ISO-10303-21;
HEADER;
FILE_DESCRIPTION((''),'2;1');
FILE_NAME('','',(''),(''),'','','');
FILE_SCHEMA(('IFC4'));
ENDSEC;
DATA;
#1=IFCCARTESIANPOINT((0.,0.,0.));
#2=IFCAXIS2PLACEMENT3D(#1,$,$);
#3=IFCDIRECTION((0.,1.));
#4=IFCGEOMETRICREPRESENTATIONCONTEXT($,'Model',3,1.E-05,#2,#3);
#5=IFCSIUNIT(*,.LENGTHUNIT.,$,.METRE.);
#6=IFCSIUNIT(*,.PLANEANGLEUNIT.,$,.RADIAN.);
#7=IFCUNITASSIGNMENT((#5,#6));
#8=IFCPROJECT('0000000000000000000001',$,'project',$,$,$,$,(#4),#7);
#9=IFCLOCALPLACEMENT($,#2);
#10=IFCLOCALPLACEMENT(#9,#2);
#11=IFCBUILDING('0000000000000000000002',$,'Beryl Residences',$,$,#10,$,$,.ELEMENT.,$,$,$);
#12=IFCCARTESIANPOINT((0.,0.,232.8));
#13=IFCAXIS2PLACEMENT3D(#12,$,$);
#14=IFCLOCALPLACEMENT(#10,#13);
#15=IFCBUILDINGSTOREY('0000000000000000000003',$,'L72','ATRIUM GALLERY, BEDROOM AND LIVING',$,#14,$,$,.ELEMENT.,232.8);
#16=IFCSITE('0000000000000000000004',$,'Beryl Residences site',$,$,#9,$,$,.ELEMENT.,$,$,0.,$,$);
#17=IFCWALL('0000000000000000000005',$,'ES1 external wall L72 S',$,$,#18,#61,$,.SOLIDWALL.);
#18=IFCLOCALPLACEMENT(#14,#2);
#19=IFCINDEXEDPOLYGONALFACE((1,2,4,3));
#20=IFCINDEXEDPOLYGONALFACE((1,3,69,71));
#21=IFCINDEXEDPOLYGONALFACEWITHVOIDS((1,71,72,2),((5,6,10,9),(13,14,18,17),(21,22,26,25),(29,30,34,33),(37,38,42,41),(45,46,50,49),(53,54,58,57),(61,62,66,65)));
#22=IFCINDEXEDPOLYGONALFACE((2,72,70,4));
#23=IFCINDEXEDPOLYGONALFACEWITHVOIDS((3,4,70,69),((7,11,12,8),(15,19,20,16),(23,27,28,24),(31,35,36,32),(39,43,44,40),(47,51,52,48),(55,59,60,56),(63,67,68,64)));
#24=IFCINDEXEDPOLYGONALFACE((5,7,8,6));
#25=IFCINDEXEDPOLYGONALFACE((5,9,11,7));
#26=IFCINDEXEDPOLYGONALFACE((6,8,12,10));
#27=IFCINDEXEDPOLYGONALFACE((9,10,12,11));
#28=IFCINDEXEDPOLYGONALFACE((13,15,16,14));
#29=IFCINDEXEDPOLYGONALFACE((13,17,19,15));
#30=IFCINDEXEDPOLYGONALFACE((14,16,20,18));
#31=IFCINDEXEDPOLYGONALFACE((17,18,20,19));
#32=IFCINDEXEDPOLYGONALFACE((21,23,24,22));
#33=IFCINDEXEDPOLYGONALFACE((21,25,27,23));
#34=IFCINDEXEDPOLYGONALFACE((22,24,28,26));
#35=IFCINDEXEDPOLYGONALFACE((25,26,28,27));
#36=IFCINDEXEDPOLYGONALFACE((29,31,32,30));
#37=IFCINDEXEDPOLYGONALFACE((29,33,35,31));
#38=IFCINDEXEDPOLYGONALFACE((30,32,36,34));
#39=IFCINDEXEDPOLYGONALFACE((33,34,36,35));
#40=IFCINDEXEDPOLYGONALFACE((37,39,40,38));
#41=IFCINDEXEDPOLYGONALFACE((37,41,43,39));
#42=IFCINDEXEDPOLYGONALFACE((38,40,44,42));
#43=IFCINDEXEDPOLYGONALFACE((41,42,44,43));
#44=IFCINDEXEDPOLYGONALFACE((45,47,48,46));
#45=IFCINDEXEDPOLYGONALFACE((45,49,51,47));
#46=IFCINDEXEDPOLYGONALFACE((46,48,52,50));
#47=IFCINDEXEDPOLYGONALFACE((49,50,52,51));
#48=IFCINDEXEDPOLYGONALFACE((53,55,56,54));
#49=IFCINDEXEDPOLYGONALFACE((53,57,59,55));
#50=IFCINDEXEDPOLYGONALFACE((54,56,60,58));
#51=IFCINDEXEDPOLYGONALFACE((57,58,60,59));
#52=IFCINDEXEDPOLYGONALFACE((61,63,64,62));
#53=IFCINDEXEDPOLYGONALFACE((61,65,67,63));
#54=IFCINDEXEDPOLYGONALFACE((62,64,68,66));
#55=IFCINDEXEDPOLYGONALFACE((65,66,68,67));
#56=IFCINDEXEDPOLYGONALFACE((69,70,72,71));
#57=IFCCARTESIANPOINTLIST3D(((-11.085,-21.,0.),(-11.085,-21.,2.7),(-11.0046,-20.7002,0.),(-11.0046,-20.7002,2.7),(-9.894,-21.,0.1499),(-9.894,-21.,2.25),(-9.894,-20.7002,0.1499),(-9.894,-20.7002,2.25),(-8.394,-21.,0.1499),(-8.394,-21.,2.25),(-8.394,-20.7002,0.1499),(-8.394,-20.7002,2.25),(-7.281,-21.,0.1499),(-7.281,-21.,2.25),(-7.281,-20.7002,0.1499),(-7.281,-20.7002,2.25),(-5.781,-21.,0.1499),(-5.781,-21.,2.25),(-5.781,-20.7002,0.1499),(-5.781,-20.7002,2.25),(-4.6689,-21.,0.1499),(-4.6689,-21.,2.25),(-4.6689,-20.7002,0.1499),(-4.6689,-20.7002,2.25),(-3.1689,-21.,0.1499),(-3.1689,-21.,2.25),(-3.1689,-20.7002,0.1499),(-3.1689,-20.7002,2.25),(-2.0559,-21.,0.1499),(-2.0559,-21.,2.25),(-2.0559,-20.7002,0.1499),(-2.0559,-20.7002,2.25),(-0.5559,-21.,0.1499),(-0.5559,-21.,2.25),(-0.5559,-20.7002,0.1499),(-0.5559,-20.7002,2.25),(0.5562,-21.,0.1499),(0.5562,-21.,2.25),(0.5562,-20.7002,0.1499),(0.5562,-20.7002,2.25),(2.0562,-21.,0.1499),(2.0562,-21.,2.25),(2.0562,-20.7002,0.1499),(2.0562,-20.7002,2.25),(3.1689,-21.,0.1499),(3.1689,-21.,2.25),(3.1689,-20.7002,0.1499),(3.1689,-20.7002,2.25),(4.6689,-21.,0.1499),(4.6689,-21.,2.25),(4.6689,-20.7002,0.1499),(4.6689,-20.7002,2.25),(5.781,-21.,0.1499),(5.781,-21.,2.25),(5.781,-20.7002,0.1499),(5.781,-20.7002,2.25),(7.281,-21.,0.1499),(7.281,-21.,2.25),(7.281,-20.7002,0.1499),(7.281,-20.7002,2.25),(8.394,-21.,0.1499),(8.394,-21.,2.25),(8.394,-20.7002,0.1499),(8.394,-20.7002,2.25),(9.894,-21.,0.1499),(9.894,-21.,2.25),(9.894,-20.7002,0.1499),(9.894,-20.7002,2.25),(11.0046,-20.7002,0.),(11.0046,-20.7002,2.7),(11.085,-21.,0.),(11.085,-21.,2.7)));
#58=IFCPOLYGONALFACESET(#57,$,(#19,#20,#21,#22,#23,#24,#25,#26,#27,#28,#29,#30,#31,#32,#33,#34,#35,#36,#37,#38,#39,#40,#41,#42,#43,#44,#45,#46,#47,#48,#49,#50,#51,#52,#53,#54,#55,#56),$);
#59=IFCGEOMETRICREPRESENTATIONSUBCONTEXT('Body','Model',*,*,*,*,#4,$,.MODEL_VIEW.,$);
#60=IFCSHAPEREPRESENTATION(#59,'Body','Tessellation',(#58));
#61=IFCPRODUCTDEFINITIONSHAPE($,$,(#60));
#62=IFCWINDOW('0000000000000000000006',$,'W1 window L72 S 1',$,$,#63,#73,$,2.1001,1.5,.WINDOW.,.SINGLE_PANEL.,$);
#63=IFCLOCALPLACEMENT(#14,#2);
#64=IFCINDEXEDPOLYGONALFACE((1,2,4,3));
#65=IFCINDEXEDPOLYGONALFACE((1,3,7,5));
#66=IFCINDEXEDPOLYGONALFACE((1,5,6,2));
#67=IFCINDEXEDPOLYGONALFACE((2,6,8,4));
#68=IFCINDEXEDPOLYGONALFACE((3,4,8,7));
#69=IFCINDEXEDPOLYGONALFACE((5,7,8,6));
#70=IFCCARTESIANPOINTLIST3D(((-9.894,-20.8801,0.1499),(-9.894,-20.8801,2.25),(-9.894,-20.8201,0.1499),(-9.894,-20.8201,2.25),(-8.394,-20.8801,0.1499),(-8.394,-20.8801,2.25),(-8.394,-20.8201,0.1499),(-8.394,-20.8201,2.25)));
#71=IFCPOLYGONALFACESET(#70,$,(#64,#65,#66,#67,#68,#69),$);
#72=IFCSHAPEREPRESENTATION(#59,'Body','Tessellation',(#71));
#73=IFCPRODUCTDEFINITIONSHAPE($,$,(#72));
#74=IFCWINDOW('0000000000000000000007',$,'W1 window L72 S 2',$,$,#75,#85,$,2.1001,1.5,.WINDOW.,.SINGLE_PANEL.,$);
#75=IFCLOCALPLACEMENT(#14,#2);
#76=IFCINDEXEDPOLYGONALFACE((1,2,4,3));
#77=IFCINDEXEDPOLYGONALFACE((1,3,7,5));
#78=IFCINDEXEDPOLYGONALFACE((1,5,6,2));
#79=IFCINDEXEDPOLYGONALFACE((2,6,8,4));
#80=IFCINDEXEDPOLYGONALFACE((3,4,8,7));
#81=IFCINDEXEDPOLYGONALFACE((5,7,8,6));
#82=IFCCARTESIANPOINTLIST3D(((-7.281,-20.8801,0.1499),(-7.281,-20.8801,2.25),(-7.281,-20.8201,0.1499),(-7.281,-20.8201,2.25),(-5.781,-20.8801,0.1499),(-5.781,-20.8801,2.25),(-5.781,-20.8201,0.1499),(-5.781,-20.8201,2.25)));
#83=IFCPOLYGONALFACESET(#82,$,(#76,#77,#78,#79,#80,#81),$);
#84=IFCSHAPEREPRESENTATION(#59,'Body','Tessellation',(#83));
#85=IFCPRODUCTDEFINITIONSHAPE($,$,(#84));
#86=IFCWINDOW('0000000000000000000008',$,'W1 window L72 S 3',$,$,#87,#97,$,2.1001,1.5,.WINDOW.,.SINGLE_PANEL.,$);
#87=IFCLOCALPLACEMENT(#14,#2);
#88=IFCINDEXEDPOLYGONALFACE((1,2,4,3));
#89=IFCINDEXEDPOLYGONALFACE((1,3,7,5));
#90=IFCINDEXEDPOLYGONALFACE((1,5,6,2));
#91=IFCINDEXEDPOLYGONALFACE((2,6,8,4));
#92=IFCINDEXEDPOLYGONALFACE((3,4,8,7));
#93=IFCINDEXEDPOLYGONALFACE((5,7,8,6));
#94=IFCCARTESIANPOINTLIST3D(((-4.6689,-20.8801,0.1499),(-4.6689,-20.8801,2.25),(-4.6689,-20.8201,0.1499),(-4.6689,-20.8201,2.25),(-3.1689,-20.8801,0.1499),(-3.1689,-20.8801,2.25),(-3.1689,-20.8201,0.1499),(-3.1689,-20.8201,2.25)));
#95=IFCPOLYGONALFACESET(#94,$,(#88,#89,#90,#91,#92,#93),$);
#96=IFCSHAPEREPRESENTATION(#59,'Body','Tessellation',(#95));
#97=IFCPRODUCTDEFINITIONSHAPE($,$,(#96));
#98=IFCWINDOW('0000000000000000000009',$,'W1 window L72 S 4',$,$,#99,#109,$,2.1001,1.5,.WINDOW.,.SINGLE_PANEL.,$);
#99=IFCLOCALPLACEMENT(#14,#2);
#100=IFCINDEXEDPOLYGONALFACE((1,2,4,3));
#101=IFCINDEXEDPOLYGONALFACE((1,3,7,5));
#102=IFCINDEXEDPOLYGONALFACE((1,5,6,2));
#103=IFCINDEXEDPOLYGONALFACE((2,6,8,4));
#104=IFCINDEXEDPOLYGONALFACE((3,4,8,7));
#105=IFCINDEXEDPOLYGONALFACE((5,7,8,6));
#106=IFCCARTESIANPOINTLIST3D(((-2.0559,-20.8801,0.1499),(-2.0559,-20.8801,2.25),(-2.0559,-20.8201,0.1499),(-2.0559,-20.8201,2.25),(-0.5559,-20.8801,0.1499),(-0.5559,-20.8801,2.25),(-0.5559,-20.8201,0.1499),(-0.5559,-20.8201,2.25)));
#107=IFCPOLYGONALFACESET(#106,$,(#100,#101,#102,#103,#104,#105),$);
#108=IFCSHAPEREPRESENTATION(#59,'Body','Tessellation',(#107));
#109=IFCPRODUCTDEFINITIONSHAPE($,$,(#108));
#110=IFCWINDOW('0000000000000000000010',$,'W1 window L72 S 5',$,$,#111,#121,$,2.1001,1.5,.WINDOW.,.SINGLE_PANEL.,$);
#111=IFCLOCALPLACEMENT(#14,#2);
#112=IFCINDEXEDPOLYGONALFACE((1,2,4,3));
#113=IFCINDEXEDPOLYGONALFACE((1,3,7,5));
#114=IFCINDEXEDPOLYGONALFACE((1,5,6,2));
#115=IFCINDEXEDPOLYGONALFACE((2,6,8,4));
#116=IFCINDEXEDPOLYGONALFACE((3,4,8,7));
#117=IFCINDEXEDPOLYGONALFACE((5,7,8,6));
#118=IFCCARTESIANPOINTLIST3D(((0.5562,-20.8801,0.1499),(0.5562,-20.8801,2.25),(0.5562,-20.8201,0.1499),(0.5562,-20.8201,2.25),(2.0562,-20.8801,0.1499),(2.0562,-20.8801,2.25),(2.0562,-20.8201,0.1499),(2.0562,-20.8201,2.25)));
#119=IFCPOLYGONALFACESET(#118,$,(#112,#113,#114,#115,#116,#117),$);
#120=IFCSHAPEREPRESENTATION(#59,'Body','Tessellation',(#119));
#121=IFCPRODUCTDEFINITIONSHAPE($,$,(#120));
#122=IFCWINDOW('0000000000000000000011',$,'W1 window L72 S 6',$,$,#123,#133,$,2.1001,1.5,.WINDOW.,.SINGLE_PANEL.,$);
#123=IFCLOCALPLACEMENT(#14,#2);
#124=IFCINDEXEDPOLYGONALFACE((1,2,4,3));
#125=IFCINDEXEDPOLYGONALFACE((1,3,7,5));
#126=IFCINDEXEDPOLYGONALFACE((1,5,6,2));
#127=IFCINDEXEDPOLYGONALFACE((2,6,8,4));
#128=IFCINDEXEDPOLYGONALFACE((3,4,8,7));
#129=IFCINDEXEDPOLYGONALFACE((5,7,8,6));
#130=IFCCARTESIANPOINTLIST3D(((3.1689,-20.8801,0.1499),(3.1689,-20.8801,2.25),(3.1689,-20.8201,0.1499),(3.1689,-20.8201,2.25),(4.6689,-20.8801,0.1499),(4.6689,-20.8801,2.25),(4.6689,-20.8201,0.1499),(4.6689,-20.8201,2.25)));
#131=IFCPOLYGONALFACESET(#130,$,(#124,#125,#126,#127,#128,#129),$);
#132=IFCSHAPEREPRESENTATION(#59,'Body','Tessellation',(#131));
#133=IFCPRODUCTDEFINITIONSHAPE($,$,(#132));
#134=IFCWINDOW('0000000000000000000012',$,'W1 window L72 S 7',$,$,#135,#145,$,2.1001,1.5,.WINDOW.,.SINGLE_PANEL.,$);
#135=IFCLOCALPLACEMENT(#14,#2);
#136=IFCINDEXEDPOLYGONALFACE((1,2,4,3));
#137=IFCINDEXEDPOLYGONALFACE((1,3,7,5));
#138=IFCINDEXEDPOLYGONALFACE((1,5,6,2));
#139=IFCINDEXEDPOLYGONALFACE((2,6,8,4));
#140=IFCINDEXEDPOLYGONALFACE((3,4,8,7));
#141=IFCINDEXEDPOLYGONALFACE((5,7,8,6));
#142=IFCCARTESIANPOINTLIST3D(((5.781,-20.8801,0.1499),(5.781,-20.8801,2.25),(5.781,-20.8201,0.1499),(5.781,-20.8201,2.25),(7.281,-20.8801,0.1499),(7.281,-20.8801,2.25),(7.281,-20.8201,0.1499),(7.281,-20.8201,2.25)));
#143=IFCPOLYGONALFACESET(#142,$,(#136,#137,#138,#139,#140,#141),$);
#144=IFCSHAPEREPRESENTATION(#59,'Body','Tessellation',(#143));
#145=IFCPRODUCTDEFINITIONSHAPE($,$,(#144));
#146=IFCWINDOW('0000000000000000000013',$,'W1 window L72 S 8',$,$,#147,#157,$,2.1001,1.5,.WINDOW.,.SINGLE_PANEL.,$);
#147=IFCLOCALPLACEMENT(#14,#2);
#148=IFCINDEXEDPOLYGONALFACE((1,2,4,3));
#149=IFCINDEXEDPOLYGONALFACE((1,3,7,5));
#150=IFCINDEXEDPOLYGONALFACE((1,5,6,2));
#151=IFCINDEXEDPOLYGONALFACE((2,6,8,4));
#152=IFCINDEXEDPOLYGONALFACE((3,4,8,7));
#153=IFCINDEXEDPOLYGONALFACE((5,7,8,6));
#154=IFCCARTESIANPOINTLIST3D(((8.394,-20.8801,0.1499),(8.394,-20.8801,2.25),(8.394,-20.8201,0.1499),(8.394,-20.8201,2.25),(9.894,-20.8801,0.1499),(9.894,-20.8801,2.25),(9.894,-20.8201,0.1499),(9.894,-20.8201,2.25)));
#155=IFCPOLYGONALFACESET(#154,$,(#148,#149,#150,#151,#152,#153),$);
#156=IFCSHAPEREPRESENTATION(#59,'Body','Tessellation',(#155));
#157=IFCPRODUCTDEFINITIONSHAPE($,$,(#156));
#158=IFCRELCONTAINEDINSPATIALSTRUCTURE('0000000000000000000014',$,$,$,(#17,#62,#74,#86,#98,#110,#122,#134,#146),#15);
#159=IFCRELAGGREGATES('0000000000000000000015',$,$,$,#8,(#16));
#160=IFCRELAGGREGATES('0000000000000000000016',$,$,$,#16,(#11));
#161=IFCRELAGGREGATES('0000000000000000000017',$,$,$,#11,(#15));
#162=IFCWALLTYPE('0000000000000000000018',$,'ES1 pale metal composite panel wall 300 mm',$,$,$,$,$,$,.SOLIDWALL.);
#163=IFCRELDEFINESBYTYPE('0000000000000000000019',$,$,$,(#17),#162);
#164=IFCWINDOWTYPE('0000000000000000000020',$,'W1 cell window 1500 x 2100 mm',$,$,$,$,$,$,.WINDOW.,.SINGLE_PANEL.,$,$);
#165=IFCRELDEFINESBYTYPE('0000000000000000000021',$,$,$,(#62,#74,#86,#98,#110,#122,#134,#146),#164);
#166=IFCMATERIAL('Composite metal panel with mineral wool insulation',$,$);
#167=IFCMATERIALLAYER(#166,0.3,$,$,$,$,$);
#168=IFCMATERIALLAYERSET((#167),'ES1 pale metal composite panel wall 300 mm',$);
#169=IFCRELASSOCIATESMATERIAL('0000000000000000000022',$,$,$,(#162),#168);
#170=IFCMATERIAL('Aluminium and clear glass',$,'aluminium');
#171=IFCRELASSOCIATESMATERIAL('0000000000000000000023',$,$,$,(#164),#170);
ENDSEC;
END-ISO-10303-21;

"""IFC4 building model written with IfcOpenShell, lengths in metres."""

from ifc_helpers import new_model, si_unit, direction, frame, frame_2d, origin, place, context, subcontext, project, spatial, polyline, rectangle, outline, extrude, material, layer, layer_set, type_object, element, fill, save


model = new_model("IFC4")

# Units and contexts
model_context = context("Model", 3, precision=1e-05, world=origin(), true_north=direction((0.0, 1.0)))
body_context = subcontext(model_context, "Body", "Model", "MODEL_VIEW")
ifc_project = project(units=[si_unit("LENGTHUNIT", "METRE"), si_unit("PLANEANGLEUNIT", "RADIAN")], contexts=[model_context])

# Site, building, storey
site_placement = place(None, origin())
site = spatial("IfcSite", under=ifc_project, at=site_placement, Name="Beryl Residences site", CompositionType="ELEMENT", RefElevation=0.0)
building_placement = place(site_placement, origin())
building = spatial("IfcBuilding", under=site, at=building_placement, Name="Beryl Residences", CompositionType="ELEMENT")
storey_placement = place(building_placement, frame((0.0, 0.0, 232.8)))
storey = spatial("IfcBuildingStorey", under=building, at=storey_placement, Name="L72", Description="ATRIUM GALLERY, BEDROOM AND LIVING", CompositionType="ELEMENT", Elevation=232.8)

# Wall, openings, windows
ifc_material_1 = material(Name="Composite metal panel with mineral wool insulation")
ifc_layer_1 = layer(ifc_material_1, 0.3)
ifc_layer_set_1 = layer_set([ifc_layer_1], Name="ES1 pale metal composite panel wall 300 mm")
wall_type_1 = type_object("IfcWallType", Name="ES1 pale metal composite panel wall 300 mm", PredefinedType="SOLIDWALL", material=ifc_layer_set_1)
wall_1_placement = place(storey_placement, frame((-11.085, -20.8501, 0.0), z_axis=(0.0, 0.0, 1.0), x_axis=(1.0, 0.0, 0.0)))
wall_1 = element("IfcWall", 1, at=wall_1_placement, inside=storey, type_object=wall_type_1, Name="ES1 external wall L72 S", PredefinedType="SOLIDWALL", context=body_context, shape_type="SweptSolid", body=[
    extrude(outline(polyline([(0.0, -0.1499), (22.1699, -0.1499), (22.0896, 0.1499), (0.0803, 0.1499), (0.0, -0.1499)])), origin(), (0.0, 0.0, 1.0), 2.7),
])
opening_1_placement = place(wall_1_placement, frame((1.1909, 0.0, 0.1499)))
opening_1 = element("IfcOpeningElement", 2, at=opening_1_placement, cuts=wall_1, PredefinedType="OPENING", context=body_context, shape_type="SweptSolid", body=[
    extrude(rectangle(XDim=1.5, YDim=2.1001, at=frame_2d((0.75, 1.05))), frame((0.0, 0.1599, 0.0), z_axis=(0.0, -1.0, 0.0), x_axis=(1.0, 0.0, 0.0)), (0.0, 0.0, 1.0), 0.3201),
])
opening_2_placement = place(wall_1_placement, frame((3.804, 0.0, 0.1499)))
opening_2 = element("IfcOpeningElement", 3, at=opening_2_placement, cuts=wall_1, PredefinedType="OPENING", context=body_context, shape_type="SweptSolid", body=[
    extrude(rectangle(XDim=1.5, YDim=2.1001, at=frame_2d((0.75, 1.05))), frame((0.0, 0.1599, 0.0), z_axis=(0.0, -1.0, 0.0), x_axis=(1.0, 0.0, 0.0)), (0.0, 0.0, 1.0), 0.3201),
])
opening_3_placement = place(wall_1_placement, frame((6.416, 0.0, 0.1499)))
opening_3 = element("IfcOpeningElement", 4, at=opening_3_placement, cuts=wall_1, PredefinedType="OPENING", context=body_context, shape_type="SweptSolid", body=[
    extrude(rectangle(XDim=1.5, YDim=2.1001, at=frame_2d((0.75, 1.05))), frame((0.0, 0.1599, 0.0), z_axis=(0.0, -1.0, 0.0), x_axis=(1.0, 0.0, 0.0)), (0.0, 0.0, 1.0), 0.3201),
])
opening_4_placement = place(wall_1_placement, frame((9.0291, 0.0, 0.1499)))
opening_4 = element("IfcOpeningElement", 5, at=opening_4_placement, cuts=wall_1, PredefinedType="OPENING", context=body_context, shape_type="SweptSolid", body=[
    extrude(rectangle(XDim=1.5, YDim=2.1001, at=frame_2d((0.75, 1.05))), frame((0.0, 0.1599, 0.0), z_axis=(0.0, -1.0, 0.0), x_axis=(1.0, 0.0, 0.0)), (0.0, 0.0, 1.0), 0.3201),
])
opening_5_placement = place(wall_1_placement, frame((11.6411, 0.0, 0.1499)))
opening_5 = element("IfcOpeningElement", 6, at=opening_5_placement, cuts=wall_1, PredefinedType="OPENING", context=body_context, shape_type="SweptSolid", body=[
    extrude(rectangle(XDim=1.5, YDim=2.1001, at=frame_2d((0.75, 1.05))), frame((0.0, 0.1599, 0.0), z_axis=(0.0, -1.0, 0.0), x_axis=(1.0, 0.0, 0.0)), (0.0, 0.0, 1.0), 0.3201),
])
opening_6_placement = place(wall_1_placement, frame((14.2539, 0.0, 0.1499)))
opening_6 = element("IfcOpeningElement", 7, at=opening_6_placement, cuts=wall_1, PredefinedType="OPENING", context=body_context, shape_type="SweptSolid", body=[
    extrude(rectangle(XDim=1.5, YDim=2.1001, at=frame_2d((0.75, 1.05))), frame((0.0, 0.1599, 0.0), z_axis=(0.0, -1.0, 0.0), x_axis=(1.0, 0.0, 0.0)), (0.0, 0.0, 1.0), 0.3201),
])
opening_7_placement = place(wall_1_placement, frame((16.866, 0.0, 0.1499)))
opening_7 = element("IfcOpeningElement", 8, at=opening_7_placement, cuts=wall_1, PredefinedType="OPENING", context=body_context, shape_type="SweptSolid", body=[
    extrude(rectangle(XDim=1.5, YDim=2.1001, at=frame_2d((0.75, 1.05))), frame((0.0, 0.1599, 0.0), z_axis=(0.0, -1.0, 0.0), x_axis=(1.0, 0.0, 0.0)), (0.0, 0.0, 1.0), 0.3201),
])
opening_8_placement = place(wall_1_placement, frame((19.479, 0.0, 0.1499)))
opening_8 = element("IfcOpeningElement", 9, at=opening_8_placement, cuts=wall_1, PredefinedType="OPENING", context=body_context, shape_type="SweptSolid", body=[
    extrude(rectangle(XDim=1.5, YDim=2.1001, at=frame_2d((0.75, 1.05))), frame((0.0, 0.1599, 0.0), z_axis=(0.0, -1.0, 0.0), x_axis=(1.0, 0.0, 0.0)), (0.0, 0.0, 1.0), 0.3201),
])
ifc_material_2 = material(Name="Aluminium and clear glass", Category="aluminium")
window_type = type_object("IfcWindowType", Name="W1 cell window 1500 x 2100 mm", PartitioningType="SINGLE_PANEL", PredefinedType="WINDOW", material=ifc_material_2)
window_1_placement = place(opening_1_placement, origin())
window_1 = element("IfcWindow", 10, at=window_1_placement, inside=storey, type_object=window_type, Name="W1 window L72 S 1", OverallHeight=2.1001, OverallWidth=1.5, PartitioningType="SINGLE_PANEL", PredefinedType="WINDOW", context=body_context, shape_type="SweptSolid", body=[
    extrude(rectangle(XDim=1.5, YDim=2.1001, at=frame_2d((0.75, 1.05))), frame((0.0, 0.03, 0.0), z_axis=(0.0, -1.0, 0.0), x_axis=(1.0, 0.0, 0.0)), (0.0, 0.0, 1.0), 0.0601),
])
fill(opening_1, window_1)
window_2_placement = place(opening_2_placement, origin())
window_2 = element("IfcWindow", 11, at=window_2_placement, inside=storey, type_object=window_type, Name="W1 window L72 S 2", OverallHeight=2.1001, OverallWidth=1.5, PartitioningType="SINGLE_PANEL", PredefinedType="WINDOW", context=body_context, shape_type="SweptSolid", body=[
    extrude(rectangle(XDim=1.5, YDim=2.1001, at=frame_2d((0.75, 1.05))), frame((0.0, 0.03, 0.0), z_axis=(0.0, -1.0, 0.0), x_axis=(1.0, 0.0, 0.0)), (0.0, 0.0, 1.0), 0.0601),
])
fill(opening_2, window_2)
window_3_placement = place(opening_3_placement, origin())
window_3 = element("IfcWindow", 12, at=window_3_placement, inside=storey, type_object=window_type, Name="W1 window L72 S 3", OverallHeight=2.1001, OverallWidth=1.5, PartitioningType="SINGLE_PANEL", PredefinedType="WINDOW", context=body_context, shape_type="SweptSolid", body=[
    extrude(rectangle(XDim=1.5, YDim=2.1001, at=frame_2d((0.75, 1.05))), frame((0.0, 0.03, 0.0), z_axis=(0.0, -1.0, 0.0), x_axis=(1.0, 0.0, 0.0)), (0.0, 0.0, 1.0), 0.0601),
])
fill(opening_3, window_3)
window_4_placement = place(opening_4_placement, origin())
window_4 = element("IfcWindow", 13, at=window_4_placement, inside=storey, type_object=window_type, Name="W1 window L72 S 4", OverallHeight=2.1001, OverallWidth=1.5, PartitioningType="SINGLE_PANEL", PredefinedType="WINDOW", context=body_context, shape_type="SweptSolid", body=[
    extrude(rectangle(XDim=1.5, YDim=2.1001, at=frame_2d((0.75, 1.05))), frame((0.0, 0.03, 0.0), z_axis=(0.0, -1.0, 0.0), x_axis=(1.0, 0.0, 0.0)), (0.0, 0.0, 1.0), 0.0601),
])
fill(opening_4, window_4)
window_5_placement = place(opening_5_placement, origin())
window_5 = element("IfcWindow", 14, at=window_5_placement, inside=storey, type_object=window_type, Name="W1 window L72 S 5", OverallHeight=2.1001, OverallWidth=1.5, PartitioningType="SINGLE_PANEL", PredefinedType="WINDOW", context=body_context, shape_type="SweptSolid", body=[
    extrude(rectangle(XDim=1.5, YDim=2.1001, at=frame_2d((0.75, 1.05))), frame((0.0, 0.03, 0.0), z_axis=(0.0, -1.0, 0.0), x_axis=(1.0, 0.0, 0.0)), (0.0, 0.0, 1.0), 0.0601),
])
fill(opening_5, window_5)
window_6_placement = place(opening_6_placement, origin())
window_6 = element("IfcWindow", 15, at=window_6_placement, inside=storey, type_object=window_type, Name="W1 window L72 S 6", OverallHeight=2.1001, OverallWidth=1.5, PartitioningType="SINGLE_PANEL", PredefinedType="WINDOW", context=body_context, shape_type="SweptSolid", body=[
    extrude(rectangle(XDim=1.5, YDim=2.1001, at=frame_2d((0.75, 1.05))), frame((0.0, 0.03, 0.0), z_axis=(0.0, -1.0, 0.0), x_axis=(1.0, 0.0, 0.0)), (0.0, 0.0, 1.0), 0.0601),
])
fill(opening_6, window_6)
window_7_placement = place(opening_7_placement, origin())
window_7 = element("IfcWindow", 16, at=window_7_placement, inside=storey, type_object=window_type, Name="W1 window L72 S 7", OverallHeight=2.1001, OverallWidth=1.5, PartitioningType="SINGLE_PANEL", PredefinedType="WINDOW", context=body_context, shape_type="SweptSolid", body=[
    extrude(rectangle(XDim=1.5, YDim=2.1001, at=frame_2d((0.75, 1.05))), frame((0.0, 0.03, 0.0), z_axis=(0.0, -1.0, 0.0), x_axis=(1.0, 0.0, 0.0)), (0.0, 0.0, 1.0), 0.0601),
])
fill(opening_7, window_7)
window_8_placement = place(opening_8_placement, origin())
window_8 = element("IfcWindow", 17, at=window_8_placement, inside=storey, type_object=window_type, Name="W1 window L72 S 8", OverallHeight=2.1001, OverallWidth=1.5, PartitioningType="SINGLE_PANEL", PredefinedType="WINDOW", context=body_context, shape_type="SweptSolid", body=[
    extrude(rectangle(XDim=1.5, YDim=2.1001, at=frame_2d((0.75, 1.05))), frame((0.0, 0.03, 0.0), z_axis=(0.0, -1.0, 0.0), x_axis=(1.0, 0.0, 0.0)), (0.0, 0.0, 1.0), 0.0601),
])
fill(opening_8, window_8)

save(model, "model.ifc")
